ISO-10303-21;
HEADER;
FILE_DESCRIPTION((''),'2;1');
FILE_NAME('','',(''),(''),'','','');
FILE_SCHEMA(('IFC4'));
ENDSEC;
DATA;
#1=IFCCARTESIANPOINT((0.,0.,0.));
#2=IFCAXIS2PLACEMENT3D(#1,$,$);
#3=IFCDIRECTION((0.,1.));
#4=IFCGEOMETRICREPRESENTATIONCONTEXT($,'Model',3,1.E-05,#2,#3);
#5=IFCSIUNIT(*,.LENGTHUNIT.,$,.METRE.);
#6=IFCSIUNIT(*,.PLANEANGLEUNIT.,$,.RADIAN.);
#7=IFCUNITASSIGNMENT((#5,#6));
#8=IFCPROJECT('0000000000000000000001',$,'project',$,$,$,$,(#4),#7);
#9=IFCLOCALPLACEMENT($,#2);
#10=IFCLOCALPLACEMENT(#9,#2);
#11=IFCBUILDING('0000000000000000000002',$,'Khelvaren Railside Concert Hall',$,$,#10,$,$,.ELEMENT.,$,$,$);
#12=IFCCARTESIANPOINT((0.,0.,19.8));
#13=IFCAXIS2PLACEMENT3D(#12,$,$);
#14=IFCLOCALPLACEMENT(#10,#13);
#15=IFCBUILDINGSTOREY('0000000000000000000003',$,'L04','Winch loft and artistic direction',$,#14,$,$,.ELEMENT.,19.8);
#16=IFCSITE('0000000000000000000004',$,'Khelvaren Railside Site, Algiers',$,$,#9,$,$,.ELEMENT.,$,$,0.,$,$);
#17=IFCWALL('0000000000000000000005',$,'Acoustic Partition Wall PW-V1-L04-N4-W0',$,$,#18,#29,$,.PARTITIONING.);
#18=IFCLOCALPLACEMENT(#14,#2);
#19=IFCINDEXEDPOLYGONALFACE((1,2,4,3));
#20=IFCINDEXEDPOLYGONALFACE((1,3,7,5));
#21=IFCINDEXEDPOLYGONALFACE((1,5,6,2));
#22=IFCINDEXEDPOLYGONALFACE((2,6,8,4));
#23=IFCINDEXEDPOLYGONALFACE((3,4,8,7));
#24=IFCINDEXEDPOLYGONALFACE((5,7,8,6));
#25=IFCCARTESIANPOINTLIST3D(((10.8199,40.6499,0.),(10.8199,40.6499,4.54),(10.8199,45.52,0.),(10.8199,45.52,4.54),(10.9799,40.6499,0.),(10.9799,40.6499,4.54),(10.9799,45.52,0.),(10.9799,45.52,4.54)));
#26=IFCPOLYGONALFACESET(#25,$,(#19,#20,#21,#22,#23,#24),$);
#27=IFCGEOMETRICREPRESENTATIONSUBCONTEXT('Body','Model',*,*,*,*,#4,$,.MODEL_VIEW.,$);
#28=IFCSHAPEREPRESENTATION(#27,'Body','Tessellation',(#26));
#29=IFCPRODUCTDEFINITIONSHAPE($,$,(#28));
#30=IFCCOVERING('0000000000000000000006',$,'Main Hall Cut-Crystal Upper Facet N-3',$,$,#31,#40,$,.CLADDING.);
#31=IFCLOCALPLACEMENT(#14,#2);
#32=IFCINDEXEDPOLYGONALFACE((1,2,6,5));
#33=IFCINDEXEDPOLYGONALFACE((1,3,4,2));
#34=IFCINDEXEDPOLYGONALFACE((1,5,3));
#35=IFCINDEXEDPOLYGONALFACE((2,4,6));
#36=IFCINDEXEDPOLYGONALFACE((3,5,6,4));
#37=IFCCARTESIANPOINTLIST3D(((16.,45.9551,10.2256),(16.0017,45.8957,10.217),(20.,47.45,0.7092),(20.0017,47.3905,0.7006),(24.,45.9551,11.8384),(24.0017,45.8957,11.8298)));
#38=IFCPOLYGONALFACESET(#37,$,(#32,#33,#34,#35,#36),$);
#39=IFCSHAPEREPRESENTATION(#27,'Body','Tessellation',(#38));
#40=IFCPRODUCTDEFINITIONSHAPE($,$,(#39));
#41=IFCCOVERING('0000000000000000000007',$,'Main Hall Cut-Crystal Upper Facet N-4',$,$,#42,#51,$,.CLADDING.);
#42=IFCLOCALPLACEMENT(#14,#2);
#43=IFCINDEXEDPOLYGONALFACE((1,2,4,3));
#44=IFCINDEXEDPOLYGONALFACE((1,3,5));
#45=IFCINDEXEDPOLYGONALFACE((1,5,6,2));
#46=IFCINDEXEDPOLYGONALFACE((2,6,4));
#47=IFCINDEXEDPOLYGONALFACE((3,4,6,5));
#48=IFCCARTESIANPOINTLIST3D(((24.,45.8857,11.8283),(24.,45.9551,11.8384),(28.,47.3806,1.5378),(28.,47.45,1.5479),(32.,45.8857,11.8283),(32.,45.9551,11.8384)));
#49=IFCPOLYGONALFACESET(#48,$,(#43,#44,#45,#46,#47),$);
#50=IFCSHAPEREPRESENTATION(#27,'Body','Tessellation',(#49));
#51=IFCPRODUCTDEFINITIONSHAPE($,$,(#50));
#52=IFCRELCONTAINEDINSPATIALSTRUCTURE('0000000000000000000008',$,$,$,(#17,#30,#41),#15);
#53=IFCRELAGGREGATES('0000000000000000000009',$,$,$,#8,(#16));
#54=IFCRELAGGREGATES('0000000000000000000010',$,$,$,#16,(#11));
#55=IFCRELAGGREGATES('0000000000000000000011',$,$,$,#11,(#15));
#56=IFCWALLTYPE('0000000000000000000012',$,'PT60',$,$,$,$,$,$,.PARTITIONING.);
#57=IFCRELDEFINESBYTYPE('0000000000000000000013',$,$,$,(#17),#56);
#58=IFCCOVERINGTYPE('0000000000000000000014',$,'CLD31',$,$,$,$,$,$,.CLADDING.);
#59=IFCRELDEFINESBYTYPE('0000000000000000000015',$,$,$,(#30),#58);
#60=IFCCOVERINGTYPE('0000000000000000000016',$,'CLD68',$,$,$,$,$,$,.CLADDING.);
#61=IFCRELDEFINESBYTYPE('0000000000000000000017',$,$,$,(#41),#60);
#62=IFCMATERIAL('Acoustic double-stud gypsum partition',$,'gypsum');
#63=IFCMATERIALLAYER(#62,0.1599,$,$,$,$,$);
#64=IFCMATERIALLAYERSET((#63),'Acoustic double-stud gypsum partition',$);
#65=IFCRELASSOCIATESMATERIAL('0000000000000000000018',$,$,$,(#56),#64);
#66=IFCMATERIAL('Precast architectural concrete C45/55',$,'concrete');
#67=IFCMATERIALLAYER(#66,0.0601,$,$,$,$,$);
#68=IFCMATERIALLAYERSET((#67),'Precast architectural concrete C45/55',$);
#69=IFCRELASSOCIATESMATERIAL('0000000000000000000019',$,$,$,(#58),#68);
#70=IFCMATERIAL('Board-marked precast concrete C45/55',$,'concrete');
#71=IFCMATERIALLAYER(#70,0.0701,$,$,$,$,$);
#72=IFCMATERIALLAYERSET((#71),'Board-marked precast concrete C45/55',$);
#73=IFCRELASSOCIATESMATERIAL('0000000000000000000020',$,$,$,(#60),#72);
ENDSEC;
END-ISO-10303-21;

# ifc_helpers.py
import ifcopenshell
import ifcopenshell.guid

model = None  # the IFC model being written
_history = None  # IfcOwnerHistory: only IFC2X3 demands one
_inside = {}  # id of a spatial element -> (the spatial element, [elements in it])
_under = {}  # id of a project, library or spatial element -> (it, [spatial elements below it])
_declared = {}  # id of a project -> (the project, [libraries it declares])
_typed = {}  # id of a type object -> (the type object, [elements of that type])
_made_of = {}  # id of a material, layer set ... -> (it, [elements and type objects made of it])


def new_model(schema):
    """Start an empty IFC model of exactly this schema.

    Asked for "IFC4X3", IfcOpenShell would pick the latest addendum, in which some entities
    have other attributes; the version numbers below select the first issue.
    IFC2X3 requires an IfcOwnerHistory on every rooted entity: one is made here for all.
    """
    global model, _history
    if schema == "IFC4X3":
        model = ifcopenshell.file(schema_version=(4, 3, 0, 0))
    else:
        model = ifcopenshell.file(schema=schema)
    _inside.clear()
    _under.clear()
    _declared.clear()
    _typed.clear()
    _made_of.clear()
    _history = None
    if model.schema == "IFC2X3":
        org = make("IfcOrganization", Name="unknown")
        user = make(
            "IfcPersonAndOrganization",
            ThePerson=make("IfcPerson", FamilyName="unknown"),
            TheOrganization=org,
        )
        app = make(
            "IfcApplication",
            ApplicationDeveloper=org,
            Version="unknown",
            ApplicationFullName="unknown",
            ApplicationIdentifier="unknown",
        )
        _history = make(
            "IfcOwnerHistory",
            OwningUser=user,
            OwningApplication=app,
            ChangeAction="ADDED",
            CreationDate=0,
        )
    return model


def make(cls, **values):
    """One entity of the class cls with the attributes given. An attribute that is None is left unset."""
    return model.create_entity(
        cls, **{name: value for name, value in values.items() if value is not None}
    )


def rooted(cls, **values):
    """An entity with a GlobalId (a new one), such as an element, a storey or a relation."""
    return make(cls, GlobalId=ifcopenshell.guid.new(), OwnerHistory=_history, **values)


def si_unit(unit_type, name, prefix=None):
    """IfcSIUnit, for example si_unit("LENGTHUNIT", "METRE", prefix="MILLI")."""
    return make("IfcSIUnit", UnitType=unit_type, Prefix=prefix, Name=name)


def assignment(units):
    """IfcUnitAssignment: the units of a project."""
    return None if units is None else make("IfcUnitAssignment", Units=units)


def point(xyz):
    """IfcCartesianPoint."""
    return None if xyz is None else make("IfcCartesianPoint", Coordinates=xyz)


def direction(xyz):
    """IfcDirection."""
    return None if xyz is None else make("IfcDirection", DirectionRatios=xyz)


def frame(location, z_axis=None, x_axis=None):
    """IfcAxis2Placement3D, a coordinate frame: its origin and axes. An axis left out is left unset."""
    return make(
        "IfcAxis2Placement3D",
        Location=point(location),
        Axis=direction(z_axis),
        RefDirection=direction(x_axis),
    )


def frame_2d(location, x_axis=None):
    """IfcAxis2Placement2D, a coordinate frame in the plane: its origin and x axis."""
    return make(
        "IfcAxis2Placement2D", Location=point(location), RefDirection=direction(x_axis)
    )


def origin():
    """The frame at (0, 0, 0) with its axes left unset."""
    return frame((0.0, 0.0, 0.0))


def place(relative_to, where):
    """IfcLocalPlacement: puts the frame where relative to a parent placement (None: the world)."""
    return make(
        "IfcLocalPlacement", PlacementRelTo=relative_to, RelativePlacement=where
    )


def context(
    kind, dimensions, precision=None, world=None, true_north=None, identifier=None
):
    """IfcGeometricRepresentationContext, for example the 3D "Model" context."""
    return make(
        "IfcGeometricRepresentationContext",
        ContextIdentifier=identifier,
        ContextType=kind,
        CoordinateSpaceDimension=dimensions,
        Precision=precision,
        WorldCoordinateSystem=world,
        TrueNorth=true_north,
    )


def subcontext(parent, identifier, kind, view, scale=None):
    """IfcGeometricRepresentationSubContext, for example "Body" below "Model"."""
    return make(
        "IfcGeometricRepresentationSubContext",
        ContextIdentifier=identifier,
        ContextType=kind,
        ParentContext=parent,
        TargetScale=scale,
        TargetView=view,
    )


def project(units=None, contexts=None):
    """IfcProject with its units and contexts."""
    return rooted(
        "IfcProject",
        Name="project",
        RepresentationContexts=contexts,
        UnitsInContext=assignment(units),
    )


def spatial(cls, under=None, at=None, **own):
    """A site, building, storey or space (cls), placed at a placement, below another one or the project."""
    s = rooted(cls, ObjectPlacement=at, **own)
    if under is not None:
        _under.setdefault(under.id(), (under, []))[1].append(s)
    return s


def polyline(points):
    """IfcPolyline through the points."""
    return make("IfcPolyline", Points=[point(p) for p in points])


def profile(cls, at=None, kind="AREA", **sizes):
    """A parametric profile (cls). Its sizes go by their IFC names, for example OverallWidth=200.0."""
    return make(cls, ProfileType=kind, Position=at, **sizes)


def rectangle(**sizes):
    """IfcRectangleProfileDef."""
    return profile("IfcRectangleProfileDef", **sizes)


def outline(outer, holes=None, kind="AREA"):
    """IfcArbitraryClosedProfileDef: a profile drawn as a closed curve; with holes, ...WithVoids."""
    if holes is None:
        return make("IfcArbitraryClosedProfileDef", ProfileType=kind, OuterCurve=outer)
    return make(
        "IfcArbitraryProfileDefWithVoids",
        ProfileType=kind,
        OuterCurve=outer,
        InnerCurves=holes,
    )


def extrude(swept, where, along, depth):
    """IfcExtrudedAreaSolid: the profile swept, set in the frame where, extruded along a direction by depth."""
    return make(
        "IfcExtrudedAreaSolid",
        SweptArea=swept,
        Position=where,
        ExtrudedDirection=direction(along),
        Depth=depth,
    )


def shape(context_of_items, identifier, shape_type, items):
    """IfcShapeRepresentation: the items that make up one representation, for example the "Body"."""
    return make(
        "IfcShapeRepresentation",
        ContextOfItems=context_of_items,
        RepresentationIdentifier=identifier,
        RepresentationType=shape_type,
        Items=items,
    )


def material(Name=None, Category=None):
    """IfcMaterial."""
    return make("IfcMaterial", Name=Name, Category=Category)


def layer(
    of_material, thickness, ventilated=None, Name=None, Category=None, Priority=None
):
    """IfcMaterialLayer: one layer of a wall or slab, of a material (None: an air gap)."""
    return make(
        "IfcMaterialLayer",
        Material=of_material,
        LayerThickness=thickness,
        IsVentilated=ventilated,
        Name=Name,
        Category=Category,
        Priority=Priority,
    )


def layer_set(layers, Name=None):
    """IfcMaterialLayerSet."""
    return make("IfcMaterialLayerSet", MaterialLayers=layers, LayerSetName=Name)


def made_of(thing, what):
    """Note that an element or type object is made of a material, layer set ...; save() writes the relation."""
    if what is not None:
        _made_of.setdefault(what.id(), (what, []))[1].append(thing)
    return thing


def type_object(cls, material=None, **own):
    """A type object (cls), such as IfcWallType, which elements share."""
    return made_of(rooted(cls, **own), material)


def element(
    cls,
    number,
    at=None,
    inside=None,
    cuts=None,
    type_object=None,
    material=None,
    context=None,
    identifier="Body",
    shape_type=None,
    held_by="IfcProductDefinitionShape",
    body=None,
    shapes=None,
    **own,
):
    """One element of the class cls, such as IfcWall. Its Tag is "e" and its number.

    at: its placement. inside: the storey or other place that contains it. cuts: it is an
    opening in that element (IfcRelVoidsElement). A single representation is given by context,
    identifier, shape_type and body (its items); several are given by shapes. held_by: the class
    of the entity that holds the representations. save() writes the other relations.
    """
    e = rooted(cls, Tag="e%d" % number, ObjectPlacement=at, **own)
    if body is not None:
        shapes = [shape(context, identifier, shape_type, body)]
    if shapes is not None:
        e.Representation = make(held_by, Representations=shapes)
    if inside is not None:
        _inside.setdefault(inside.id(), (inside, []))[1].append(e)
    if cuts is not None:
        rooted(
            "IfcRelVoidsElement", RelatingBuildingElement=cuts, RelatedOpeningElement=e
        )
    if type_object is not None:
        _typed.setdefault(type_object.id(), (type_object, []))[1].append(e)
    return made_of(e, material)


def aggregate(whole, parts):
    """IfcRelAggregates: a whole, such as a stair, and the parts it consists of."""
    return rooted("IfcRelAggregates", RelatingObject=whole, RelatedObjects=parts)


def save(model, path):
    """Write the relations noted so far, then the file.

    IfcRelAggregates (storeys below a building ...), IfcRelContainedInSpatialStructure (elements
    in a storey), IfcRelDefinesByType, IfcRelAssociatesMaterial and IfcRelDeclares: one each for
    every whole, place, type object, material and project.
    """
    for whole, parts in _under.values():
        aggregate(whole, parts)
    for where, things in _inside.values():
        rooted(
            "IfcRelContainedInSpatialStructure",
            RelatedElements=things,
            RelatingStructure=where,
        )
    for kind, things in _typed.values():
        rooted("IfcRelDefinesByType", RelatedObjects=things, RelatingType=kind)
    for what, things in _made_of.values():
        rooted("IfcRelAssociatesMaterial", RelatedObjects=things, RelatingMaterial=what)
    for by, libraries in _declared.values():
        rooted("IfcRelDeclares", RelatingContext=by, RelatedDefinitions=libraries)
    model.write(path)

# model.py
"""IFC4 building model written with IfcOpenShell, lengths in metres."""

from ifc_helpers import new_model, si_unit, direction, frame, frame_2d, origin, place, context, subcontext, project, spatial, polyline, rectangle, outline, extrude, material, layer, layer_set, type_object, element, save


model = new_model("IFC4")

# Units and contexts
model_context = context("Model", 3, precision=1e-05, world=origin(), true_north=direction((0.0, 1.0)))
body_context = subcontext(model_context, "Body", "Model", "MODEL_VIEW")
ifc_project = project(units=[si_unit("LENGTHUNIT", "METRE"), si_unit("PLANEANGLEUNIT", "RADIAN")], contexts=[model_context])

# Site, building, storey
site_placement = place(None, origin())
site = spatial("IfcSite", under=ifc_project, at=site_placement, Name="Khelvaren Railside Site, Algiers", CompositionType="ELEMENT", RefElevation=0.0)
building_placement = place(site_placement, origin())
building = spatial("IfcBuilding", under=site, at=building_placement, Name="Khelvaren Railside Concert Hall", CompositionType="ELEMENT")
storey_placement = place(building_placement, frame((0.0, 0.0, 19.8)))
storey = spatial("IfcBuildingStorey", under=building, at=storey_placement, Name="L04", Description="Winch loft and artistic direction", CompositionType="ELEMENT", Elevation=19.8)

# Shared definitions
ifc_material_1 = material(Name="Acoustic double-stud gypsum partition", Category="gypsum")
ifc_layer_1 = layer(ifc_material_1, 0.1599)
ifc_layer_set_1 = layer_set([ifc_layer_1], Name="Acoustic double-stud gypsum partition")
wall_type_1 = type_object("IfcWallType", Name="PT60", PredefinedType="PARTITIONING", material=ifc_layer_set_1)

# Wall
wall_1_placement = place(storey_placement, frame((10.8999, 40.6499, 0.0), z_axis=(0.0, 0.0, 1.0), x_axis=(0.0, 1.0, 0.0)))
element("IfcWall", 1, at=wall_1_placement, inside=storey, type_object=wall_type_1, Name="Acoustic Partition Wall PW-V1-L04-N4-W0", PredefinedType="PARTITIONING", context=body_context, shape_type="SweptSolid", body=[
    extrude(rectangle(XDim=4.8701, YDim=0.1599, at=frame_2d((2.4351, 0.0))), origin(), (0.0, 0.0, 1.0), 4.54),
])

# Coverings
ifc_material_2 = material(Name="Precast architectural concrete C45/55", Category="concrete")
ifc_layer_2 = layer(ifc_material_2, 0.0601)
ifc_layer_set_2 = layer_set([ifc_layer_2], Name="Precast architectural concrete C45/55")
covering_type_1 = type_object("IfcCoveringType", Name="CLD31", PredefinedType="CLADDING", material=ifc_layer_set_2)
covering_1_placement = place(storey_placement, frame((16.0, 45.9551, 10.2256), z_axis=(-0.028881, 0.989264, 0.143259), x_axis=(0.980278, 0.0, 0.197623)))
element("IfcCovering", 2, at=covering_1_placement, inside=storey, type_object=covering_type_1, Name="Main Hall Cut-Crystal Upper Facet N-3", PredefinedType="CLADDING", context=body_context, shape_type="SweptSolid", body=[
    extrude(outline(polyline([(0.0, 0.0), (8.1609, 0.0), (2.0405, 10.229), (0.0, 0.0)])), origin(), (0.0, 0.0, -1.0), 0.0601),
])
ifc_material_3 = material(Name="Board-marked precast concrete C45/55", Category="concrete")
ifc_layer_3 = layer(ifc_material_3, 0.0701)
ifc_layer_set_3 = layer_set([ifc_layer_3], Name="Board-marked precast concrete C45/55")
covering_type_2 = type_object("IfcCoveringType", Name="CLD68", PredefinedType="CLADDING", material=ifc_layer_set_3)
covering_2_placement = place(storey_placement, frame((24.0, 45.9551, 11.8384), z_axis=(0.0, 0.989613, 0.143758), x_axis=(1.0, 0.0, 0.0)))
element("IfcCovering", 3, at=covering_2_placement, inside=storey, type_object=covering_type_2, Name="Main Hall Cut-Crystal Upper Facet N-4", PredefinedType="CLADDING", context=body_context, shape_type="SweptSolid", body=[
    extrude(outline(polyline([(0.0, 0.0), (8.0, 0.0), (4.0, 10.3985), (0.0, 0.0)])), origin(), (0.0, 0.0, -1.0), 0.0701),
])

save(model, "model.ifc")
